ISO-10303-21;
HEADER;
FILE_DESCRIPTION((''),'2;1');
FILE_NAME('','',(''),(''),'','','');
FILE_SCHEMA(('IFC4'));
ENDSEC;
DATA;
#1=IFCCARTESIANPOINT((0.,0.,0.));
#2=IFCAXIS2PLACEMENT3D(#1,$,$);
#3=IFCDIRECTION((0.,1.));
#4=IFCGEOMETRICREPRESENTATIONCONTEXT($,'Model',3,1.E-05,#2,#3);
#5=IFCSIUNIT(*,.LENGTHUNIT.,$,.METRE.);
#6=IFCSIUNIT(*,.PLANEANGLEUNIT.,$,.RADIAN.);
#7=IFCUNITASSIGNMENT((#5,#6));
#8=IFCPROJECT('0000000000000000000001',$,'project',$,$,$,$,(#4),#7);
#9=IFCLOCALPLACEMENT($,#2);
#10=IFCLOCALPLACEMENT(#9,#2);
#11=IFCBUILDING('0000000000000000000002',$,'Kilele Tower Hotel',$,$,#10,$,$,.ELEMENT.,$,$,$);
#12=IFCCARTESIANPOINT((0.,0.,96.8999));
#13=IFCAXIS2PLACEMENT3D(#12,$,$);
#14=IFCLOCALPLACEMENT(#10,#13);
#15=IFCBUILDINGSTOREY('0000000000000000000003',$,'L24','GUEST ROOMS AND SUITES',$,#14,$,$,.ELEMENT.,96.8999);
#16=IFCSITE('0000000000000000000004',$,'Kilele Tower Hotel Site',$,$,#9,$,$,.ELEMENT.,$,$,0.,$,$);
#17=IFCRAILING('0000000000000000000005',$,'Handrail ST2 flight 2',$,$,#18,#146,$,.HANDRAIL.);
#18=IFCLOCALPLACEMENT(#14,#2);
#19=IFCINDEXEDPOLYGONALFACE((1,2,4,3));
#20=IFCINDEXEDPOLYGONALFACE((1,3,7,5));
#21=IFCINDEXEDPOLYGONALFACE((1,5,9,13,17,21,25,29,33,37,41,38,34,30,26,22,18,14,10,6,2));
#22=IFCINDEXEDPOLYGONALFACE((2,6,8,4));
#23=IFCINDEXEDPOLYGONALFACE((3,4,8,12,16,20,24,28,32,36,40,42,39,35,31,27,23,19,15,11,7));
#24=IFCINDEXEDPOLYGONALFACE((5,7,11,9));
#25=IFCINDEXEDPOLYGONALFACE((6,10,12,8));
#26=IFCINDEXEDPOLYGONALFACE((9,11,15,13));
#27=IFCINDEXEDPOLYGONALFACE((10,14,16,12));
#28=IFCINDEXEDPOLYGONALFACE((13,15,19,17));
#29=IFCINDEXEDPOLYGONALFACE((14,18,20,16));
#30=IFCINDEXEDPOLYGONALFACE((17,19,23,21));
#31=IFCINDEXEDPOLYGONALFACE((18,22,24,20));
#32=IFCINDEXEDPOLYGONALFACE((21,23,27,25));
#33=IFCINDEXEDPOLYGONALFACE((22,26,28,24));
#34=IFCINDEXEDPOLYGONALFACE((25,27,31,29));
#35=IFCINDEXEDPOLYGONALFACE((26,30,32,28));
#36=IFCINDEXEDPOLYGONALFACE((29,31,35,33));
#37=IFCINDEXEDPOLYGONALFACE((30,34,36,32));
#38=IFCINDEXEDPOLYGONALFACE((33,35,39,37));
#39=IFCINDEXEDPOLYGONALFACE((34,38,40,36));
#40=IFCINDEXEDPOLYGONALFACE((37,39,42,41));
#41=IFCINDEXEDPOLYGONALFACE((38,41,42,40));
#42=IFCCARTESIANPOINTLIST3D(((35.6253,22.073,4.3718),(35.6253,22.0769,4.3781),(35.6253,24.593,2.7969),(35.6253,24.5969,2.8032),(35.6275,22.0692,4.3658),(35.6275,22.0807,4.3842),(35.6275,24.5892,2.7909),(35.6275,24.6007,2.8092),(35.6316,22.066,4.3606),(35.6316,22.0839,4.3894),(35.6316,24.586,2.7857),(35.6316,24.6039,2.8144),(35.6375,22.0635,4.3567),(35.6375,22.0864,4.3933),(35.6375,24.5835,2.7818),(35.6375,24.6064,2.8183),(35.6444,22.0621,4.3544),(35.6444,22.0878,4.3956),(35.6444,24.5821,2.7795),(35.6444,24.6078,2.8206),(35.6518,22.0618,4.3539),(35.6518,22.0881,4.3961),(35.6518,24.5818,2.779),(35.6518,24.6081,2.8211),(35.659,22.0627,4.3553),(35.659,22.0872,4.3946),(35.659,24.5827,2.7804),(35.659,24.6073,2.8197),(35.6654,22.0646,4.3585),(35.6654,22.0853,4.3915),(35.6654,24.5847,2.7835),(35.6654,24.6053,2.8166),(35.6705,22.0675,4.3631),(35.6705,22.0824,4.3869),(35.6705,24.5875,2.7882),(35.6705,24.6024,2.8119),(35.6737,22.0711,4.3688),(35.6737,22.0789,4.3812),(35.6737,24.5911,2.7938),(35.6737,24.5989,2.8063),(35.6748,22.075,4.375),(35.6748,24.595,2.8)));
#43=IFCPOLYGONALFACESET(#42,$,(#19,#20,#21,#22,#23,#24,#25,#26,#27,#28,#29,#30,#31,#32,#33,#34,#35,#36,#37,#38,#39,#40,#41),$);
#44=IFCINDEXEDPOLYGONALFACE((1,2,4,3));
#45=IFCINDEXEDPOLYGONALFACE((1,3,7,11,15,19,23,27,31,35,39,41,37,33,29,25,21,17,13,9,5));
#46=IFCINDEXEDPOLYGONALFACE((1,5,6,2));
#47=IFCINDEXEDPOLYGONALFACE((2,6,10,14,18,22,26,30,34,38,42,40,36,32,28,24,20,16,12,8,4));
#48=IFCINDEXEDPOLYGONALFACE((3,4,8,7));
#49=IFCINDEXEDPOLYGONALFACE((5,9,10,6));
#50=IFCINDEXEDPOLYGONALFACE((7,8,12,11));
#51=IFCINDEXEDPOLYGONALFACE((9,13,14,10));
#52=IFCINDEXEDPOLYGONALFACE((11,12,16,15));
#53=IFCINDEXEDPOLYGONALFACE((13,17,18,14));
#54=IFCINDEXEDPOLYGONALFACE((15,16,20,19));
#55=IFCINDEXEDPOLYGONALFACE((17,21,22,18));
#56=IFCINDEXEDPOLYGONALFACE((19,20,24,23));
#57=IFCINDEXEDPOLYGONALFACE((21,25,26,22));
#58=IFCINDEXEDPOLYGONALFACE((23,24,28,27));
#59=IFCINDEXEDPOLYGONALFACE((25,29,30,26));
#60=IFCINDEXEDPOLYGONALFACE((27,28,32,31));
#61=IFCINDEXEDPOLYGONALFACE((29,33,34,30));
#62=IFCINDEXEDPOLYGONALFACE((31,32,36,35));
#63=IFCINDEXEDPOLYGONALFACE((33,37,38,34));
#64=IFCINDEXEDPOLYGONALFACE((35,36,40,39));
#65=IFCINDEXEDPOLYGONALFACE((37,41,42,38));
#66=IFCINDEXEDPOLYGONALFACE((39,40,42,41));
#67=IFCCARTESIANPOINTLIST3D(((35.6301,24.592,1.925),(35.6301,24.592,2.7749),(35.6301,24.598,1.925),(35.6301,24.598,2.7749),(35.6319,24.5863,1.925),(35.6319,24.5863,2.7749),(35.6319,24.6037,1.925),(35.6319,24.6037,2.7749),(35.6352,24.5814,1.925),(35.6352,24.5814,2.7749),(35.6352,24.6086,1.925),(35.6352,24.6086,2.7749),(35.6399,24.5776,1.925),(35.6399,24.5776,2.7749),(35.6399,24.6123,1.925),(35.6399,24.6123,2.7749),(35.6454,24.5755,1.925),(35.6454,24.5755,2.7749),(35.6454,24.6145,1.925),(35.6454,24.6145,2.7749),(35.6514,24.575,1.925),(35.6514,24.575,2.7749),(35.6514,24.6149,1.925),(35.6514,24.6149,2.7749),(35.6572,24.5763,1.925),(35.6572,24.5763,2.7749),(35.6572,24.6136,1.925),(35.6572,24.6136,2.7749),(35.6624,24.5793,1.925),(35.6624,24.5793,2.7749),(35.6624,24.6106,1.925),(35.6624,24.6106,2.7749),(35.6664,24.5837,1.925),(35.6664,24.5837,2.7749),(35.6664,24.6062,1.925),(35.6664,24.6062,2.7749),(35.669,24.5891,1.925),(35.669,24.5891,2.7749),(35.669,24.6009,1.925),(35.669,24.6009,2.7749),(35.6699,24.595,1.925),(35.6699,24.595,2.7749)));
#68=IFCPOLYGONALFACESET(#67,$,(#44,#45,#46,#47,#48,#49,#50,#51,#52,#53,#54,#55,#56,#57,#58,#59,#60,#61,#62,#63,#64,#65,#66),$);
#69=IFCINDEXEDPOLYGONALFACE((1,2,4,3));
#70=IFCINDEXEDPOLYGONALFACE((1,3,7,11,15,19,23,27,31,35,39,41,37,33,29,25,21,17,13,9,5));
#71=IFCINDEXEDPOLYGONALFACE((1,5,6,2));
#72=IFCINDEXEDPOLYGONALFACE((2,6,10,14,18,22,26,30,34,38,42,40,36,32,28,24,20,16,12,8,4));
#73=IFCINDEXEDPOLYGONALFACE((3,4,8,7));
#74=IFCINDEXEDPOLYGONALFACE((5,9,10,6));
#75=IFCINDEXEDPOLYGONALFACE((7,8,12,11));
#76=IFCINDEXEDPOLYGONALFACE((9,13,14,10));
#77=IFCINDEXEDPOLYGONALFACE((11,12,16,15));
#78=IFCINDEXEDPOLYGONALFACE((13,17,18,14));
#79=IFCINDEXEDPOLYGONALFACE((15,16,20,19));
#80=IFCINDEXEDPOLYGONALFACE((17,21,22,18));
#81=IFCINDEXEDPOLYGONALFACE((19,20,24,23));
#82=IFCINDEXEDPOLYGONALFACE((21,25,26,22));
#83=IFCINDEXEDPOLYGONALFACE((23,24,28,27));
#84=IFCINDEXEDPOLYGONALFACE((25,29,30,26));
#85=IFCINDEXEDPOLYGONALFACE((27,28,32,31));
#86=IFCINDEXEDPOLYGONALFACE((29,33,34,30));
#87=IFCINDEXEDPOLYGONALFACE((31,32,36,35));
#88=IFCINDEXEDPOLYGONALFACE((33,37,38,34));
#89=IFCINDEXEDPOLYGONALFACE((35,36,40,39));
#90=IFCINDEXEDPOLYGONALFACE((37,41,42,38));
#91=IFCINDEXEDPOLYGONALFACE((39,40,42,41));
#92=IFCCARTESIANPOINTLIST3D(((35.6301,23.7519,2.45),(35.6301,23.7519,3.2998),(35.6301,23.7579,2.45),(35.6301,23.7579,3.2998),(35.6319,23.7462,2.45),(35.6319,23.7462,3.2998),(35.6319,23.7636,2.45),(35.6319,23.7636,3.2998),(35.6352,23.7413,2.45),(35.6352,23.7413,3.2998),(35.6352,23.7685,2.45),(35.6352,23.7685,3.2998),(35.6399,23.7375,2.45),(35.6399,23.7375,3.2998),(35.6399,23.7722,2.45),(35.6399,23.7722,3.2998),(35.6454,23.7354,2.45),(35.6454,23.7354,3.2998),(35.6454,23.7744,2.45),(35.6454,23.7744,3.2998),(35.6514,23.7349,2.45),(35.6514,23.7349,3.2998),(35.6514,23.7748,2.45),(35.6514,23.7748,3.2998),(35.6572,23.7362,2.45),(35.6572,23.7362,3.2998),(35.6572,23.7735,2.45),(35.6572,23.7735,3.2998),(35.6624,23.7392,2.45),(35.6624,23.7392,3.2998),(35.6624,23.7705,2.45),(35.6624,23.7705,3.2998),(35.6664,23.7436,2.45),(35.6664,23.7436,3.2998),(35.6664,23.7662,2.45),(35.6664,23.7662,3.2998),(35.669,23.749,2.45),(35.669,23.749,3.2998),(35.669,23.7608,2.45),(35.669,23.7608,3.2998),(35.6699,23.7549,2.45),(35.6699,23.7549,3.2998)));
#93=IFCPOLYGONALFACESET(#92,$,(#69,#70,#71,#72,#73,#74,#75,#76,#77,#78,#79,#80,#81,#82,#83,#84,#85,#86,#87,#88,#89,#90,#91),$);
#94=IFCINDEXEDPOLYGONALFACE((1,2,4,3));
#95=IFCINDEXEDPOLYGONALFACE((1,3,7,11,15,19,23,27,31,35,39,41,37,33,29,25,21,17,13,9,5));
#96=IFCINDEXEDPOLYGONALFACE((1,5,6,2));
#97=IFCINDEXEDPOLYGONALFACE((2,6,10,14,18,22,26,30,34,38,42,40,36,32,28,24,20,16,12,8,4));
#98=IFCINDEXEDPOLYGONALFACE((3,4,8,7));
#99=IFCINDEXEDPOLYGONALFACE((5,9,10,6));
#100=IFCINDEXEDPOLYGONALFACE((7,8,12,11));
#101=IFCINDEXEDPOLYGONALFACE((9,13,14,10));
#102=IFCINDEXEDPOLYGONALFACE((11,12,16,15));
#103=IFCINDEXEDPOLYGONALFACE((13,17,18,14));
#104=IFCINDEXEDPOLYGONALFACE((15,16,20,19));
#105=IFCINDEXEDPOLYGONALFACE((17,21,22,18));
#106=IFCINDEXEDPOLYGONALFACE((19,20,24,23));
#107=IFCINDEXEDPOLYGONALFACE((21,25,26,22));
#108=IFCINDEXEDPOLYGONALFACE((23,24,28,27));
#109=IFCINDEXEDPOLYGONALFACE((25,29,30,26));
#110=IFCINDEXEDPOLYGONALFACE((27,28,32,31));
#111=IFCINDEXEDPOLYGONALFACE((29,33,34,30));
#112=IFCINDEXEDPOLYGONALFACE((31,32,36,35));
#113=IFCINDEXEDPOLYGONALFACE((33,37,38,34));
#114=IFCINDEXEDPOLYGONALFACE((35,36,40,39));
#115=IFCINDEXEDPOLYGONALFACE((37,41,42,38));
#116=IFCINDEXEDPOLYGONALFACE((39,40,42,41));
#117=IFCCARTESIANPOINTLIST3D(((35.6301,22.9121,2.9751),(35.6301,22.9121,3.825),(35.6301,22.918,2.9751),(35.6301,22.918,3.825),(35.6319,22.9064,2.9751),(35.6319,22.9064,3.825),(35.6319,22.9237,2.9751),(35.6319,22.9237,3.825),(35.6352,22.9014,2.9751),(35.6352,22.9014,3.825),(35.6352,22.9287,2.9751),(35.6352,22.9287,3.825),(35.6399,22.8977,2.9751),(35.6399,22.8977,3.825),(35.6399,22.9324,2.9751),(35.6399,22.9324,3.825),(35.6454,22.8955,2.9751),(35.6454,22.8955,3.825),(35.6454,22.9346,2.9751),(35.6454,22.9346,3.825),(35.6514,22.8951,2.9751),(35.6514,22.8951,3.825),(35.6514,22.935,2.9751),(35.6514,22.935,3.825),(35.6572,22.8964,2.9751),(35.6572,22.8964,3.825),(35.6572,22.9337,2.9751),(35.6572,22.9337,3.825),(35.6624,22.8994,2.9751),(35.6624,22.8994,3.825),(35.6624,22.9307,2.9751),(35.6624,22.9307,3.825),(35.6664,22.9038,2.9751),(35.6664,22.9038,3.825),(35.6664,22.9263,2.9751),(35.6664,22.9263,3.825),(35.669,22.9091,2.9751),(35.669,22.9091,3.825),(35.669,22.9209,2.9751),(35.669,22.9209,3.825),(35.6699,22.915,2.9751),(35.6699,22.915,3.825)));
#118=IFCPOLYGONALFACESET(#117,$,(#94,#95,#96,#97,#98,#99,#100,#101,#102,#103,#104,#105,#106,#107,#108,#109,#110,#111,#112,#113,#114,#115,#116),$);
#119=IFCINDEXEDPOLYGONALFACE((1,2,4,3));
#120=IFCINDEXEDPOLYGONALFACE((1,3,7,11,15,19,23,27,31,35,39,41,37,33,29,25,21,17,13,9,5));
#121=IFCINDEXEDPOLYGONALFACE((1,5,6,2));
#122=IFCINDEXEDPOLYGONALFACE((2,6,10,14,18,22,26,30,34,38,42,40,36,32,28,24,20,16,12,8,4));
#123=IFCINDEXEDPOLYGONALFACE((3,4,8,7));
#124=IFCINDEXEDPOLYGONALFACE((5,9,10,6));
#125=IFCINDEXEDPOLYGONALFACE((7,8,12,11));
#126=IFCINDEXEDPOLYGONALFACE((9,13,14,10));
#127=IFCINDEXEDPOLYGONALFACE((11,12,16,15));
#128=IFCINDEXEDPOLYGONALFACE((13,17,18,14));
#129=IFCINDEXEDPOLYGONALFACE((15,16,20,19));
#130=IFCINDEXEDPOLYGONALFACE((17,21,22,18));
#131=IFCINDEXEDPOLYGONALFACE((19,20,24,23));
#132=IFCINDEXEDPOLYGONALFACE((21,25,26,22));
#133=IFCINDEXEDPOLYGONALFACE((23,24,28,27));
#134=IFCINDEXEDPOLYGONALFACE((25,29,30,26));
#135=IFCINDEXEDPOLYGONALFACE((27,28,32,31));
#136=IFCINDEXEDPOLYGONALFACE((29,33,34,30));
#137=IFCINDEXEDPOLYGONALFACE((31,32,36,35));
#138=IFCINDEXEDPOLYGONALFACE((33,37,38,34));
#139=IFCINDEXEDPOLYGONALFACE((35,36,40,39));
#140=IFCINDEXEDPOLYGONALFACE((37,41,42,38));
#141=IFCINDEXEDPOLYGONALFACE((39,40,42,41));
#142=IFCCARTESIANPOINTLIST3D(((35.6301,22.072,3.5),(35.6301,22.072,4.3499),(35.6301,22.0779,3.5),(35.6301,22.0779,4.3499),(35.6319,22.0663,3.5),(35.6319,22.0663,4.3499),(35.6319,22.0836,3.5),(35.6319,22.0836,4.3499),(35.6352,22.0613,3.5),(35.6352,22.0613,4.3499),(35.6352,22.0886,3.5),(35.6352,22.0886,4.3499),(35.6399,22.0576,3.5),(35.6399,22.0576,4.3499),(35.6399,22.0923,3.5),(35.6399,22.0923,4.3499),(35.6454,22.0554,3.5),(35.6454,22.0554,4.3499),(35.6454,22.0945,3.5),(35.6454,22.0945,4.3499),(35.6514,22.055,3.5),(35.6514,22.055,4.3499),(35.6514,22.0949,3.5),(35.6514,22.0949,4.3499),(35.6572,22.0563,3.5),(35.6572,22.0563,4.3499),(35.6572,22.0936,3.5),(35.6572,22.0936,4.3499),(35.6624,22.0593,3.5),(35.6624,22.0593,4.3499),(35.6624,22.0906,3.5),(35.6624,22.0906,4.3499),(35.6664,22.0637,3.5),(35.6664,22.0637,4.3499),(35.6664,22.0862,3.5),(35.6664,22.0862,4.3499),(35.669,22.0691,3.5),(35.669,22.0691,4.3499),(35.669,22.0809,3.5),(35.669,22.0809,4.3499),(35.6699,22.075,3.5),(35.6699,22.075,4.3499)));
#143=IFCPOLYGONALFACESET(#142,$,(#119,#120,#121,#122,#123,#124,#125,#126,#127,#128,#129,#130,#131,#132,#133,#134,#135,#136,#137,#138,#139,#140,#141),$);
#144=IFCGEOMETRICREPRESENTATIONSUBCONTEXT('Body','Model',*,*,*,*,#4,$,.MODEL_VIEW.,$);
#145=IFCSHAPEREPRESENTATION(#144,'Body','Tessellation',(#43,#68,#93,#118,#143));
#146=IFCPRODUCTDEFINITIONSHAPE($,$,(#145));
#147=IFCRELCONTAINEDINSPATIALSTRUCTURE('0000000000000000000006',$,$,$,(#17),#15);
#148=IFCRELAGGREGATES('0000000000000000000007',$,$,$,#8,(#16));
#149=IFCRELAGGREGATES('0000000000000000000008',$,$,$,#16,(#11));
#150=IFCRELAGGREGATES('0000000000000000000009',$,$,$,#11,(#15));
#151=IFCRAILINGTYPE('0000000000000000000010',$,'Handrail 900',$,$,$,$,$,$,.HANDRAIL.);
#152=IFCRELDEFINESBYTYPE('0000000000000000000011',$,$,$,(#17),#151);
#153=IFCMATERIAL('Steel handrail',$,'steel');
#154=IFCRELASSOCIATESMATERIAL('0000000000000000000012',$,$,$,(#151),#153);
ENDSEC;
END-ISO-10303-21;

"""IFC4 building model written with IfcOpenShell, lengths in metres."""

from ifc_helpers import new_model, si_unit, direction, frame, origin, origin_2d, place, context, subcontext, project, spatial, circle, extrude, material, type_object, element, save


model = new_model("IFC4")

# Units and contexts
model_context = context("Model", 3, precision=1e-05, world=origin(), true_north=direction((0.0, 1.0)))
body_context = subcontext(model_context, "Body", "Model", "MODEL_VIEW")
ifc_project = project(units=[si_unit("LENGTHUNIT", "METRE"), si_unit("PLANEANGLEUNIT", "RADIAN")], contexts=[model_context])

# Site, building, storey
site_placement = place(None, origin())
site = spatial("IfcSite", under=ifc_project, at=site_placement, Name="Kilele Tower Hotel Site", CompositionType="ELEMENT", RefElevation=0.0)
building_placement = place(site_placement, origin())
building = spatial("IfcBuilding", under=site, at=building_placement, Name="Kilele Tower Hotel", CompositionType="ELEMENT")
storey_placement = place(building_placement, frame((0.0, 0.0, 96.8999)))
storey = spatial("IfcBuildingStorey", under=building, at=storey_placement, Name="L24", Description="GUEST ROOMS AND SUITES", CompositionType="ELEMENT", Elevation=96.8999)

# Railing
ifc_material_1 = material(Name="Steel handrail", Category="steel")
railing_type_1 = type_object("IfcRailingType", Name="Handrail 900", PredefinedType="HANDRAIL", material=ifc_material_1)
for number, where, name in (
    (1, (35.6499, 24.595, 1.925), "Handrail ST2 flight 2"),
):
    element("IfcRailing", number, at=place(storey_placement, frame(where)), inside=storey, type_object=railing_type_1, Name=name, PredefinedType="HANDRAIL", context=body_context, shape_type="SweptSolid", body=[
        extrude(circle(Radius=0.0249, at=origin_2d()), frame((0.0, 0.0, 0.875), z_axis=(0.0, -0.848008, 0.529984), x_axis=(1.0, 0.0, 0.0)), (0.0, 0.0, 1.0), 2.9717),
        extrude(circle(Radius=0.02, at=origin_2d()), origin(), (0.0, 0.0, 1.0), 0.8499),
        extrude(circle(Radius=0.02, at=origin_2d()), frame((0.0, -0.8401, 0.5249)), (0.0, 0.0, 1.0), 0.8499),
        extrude(circle(Radius=0.02, at=origin_2d()), frame((0.0, -1.6799, 1.05)), (0.0, 0.0, 1.0), 0.8499),
        extrude(circle(Radius=0.02, at=origin_2d()), frame((0.0, -2.52, 1.575)), (0.0, 0.0, 1.0), 0.8499),
    ])

save(model, "model.ifc")
